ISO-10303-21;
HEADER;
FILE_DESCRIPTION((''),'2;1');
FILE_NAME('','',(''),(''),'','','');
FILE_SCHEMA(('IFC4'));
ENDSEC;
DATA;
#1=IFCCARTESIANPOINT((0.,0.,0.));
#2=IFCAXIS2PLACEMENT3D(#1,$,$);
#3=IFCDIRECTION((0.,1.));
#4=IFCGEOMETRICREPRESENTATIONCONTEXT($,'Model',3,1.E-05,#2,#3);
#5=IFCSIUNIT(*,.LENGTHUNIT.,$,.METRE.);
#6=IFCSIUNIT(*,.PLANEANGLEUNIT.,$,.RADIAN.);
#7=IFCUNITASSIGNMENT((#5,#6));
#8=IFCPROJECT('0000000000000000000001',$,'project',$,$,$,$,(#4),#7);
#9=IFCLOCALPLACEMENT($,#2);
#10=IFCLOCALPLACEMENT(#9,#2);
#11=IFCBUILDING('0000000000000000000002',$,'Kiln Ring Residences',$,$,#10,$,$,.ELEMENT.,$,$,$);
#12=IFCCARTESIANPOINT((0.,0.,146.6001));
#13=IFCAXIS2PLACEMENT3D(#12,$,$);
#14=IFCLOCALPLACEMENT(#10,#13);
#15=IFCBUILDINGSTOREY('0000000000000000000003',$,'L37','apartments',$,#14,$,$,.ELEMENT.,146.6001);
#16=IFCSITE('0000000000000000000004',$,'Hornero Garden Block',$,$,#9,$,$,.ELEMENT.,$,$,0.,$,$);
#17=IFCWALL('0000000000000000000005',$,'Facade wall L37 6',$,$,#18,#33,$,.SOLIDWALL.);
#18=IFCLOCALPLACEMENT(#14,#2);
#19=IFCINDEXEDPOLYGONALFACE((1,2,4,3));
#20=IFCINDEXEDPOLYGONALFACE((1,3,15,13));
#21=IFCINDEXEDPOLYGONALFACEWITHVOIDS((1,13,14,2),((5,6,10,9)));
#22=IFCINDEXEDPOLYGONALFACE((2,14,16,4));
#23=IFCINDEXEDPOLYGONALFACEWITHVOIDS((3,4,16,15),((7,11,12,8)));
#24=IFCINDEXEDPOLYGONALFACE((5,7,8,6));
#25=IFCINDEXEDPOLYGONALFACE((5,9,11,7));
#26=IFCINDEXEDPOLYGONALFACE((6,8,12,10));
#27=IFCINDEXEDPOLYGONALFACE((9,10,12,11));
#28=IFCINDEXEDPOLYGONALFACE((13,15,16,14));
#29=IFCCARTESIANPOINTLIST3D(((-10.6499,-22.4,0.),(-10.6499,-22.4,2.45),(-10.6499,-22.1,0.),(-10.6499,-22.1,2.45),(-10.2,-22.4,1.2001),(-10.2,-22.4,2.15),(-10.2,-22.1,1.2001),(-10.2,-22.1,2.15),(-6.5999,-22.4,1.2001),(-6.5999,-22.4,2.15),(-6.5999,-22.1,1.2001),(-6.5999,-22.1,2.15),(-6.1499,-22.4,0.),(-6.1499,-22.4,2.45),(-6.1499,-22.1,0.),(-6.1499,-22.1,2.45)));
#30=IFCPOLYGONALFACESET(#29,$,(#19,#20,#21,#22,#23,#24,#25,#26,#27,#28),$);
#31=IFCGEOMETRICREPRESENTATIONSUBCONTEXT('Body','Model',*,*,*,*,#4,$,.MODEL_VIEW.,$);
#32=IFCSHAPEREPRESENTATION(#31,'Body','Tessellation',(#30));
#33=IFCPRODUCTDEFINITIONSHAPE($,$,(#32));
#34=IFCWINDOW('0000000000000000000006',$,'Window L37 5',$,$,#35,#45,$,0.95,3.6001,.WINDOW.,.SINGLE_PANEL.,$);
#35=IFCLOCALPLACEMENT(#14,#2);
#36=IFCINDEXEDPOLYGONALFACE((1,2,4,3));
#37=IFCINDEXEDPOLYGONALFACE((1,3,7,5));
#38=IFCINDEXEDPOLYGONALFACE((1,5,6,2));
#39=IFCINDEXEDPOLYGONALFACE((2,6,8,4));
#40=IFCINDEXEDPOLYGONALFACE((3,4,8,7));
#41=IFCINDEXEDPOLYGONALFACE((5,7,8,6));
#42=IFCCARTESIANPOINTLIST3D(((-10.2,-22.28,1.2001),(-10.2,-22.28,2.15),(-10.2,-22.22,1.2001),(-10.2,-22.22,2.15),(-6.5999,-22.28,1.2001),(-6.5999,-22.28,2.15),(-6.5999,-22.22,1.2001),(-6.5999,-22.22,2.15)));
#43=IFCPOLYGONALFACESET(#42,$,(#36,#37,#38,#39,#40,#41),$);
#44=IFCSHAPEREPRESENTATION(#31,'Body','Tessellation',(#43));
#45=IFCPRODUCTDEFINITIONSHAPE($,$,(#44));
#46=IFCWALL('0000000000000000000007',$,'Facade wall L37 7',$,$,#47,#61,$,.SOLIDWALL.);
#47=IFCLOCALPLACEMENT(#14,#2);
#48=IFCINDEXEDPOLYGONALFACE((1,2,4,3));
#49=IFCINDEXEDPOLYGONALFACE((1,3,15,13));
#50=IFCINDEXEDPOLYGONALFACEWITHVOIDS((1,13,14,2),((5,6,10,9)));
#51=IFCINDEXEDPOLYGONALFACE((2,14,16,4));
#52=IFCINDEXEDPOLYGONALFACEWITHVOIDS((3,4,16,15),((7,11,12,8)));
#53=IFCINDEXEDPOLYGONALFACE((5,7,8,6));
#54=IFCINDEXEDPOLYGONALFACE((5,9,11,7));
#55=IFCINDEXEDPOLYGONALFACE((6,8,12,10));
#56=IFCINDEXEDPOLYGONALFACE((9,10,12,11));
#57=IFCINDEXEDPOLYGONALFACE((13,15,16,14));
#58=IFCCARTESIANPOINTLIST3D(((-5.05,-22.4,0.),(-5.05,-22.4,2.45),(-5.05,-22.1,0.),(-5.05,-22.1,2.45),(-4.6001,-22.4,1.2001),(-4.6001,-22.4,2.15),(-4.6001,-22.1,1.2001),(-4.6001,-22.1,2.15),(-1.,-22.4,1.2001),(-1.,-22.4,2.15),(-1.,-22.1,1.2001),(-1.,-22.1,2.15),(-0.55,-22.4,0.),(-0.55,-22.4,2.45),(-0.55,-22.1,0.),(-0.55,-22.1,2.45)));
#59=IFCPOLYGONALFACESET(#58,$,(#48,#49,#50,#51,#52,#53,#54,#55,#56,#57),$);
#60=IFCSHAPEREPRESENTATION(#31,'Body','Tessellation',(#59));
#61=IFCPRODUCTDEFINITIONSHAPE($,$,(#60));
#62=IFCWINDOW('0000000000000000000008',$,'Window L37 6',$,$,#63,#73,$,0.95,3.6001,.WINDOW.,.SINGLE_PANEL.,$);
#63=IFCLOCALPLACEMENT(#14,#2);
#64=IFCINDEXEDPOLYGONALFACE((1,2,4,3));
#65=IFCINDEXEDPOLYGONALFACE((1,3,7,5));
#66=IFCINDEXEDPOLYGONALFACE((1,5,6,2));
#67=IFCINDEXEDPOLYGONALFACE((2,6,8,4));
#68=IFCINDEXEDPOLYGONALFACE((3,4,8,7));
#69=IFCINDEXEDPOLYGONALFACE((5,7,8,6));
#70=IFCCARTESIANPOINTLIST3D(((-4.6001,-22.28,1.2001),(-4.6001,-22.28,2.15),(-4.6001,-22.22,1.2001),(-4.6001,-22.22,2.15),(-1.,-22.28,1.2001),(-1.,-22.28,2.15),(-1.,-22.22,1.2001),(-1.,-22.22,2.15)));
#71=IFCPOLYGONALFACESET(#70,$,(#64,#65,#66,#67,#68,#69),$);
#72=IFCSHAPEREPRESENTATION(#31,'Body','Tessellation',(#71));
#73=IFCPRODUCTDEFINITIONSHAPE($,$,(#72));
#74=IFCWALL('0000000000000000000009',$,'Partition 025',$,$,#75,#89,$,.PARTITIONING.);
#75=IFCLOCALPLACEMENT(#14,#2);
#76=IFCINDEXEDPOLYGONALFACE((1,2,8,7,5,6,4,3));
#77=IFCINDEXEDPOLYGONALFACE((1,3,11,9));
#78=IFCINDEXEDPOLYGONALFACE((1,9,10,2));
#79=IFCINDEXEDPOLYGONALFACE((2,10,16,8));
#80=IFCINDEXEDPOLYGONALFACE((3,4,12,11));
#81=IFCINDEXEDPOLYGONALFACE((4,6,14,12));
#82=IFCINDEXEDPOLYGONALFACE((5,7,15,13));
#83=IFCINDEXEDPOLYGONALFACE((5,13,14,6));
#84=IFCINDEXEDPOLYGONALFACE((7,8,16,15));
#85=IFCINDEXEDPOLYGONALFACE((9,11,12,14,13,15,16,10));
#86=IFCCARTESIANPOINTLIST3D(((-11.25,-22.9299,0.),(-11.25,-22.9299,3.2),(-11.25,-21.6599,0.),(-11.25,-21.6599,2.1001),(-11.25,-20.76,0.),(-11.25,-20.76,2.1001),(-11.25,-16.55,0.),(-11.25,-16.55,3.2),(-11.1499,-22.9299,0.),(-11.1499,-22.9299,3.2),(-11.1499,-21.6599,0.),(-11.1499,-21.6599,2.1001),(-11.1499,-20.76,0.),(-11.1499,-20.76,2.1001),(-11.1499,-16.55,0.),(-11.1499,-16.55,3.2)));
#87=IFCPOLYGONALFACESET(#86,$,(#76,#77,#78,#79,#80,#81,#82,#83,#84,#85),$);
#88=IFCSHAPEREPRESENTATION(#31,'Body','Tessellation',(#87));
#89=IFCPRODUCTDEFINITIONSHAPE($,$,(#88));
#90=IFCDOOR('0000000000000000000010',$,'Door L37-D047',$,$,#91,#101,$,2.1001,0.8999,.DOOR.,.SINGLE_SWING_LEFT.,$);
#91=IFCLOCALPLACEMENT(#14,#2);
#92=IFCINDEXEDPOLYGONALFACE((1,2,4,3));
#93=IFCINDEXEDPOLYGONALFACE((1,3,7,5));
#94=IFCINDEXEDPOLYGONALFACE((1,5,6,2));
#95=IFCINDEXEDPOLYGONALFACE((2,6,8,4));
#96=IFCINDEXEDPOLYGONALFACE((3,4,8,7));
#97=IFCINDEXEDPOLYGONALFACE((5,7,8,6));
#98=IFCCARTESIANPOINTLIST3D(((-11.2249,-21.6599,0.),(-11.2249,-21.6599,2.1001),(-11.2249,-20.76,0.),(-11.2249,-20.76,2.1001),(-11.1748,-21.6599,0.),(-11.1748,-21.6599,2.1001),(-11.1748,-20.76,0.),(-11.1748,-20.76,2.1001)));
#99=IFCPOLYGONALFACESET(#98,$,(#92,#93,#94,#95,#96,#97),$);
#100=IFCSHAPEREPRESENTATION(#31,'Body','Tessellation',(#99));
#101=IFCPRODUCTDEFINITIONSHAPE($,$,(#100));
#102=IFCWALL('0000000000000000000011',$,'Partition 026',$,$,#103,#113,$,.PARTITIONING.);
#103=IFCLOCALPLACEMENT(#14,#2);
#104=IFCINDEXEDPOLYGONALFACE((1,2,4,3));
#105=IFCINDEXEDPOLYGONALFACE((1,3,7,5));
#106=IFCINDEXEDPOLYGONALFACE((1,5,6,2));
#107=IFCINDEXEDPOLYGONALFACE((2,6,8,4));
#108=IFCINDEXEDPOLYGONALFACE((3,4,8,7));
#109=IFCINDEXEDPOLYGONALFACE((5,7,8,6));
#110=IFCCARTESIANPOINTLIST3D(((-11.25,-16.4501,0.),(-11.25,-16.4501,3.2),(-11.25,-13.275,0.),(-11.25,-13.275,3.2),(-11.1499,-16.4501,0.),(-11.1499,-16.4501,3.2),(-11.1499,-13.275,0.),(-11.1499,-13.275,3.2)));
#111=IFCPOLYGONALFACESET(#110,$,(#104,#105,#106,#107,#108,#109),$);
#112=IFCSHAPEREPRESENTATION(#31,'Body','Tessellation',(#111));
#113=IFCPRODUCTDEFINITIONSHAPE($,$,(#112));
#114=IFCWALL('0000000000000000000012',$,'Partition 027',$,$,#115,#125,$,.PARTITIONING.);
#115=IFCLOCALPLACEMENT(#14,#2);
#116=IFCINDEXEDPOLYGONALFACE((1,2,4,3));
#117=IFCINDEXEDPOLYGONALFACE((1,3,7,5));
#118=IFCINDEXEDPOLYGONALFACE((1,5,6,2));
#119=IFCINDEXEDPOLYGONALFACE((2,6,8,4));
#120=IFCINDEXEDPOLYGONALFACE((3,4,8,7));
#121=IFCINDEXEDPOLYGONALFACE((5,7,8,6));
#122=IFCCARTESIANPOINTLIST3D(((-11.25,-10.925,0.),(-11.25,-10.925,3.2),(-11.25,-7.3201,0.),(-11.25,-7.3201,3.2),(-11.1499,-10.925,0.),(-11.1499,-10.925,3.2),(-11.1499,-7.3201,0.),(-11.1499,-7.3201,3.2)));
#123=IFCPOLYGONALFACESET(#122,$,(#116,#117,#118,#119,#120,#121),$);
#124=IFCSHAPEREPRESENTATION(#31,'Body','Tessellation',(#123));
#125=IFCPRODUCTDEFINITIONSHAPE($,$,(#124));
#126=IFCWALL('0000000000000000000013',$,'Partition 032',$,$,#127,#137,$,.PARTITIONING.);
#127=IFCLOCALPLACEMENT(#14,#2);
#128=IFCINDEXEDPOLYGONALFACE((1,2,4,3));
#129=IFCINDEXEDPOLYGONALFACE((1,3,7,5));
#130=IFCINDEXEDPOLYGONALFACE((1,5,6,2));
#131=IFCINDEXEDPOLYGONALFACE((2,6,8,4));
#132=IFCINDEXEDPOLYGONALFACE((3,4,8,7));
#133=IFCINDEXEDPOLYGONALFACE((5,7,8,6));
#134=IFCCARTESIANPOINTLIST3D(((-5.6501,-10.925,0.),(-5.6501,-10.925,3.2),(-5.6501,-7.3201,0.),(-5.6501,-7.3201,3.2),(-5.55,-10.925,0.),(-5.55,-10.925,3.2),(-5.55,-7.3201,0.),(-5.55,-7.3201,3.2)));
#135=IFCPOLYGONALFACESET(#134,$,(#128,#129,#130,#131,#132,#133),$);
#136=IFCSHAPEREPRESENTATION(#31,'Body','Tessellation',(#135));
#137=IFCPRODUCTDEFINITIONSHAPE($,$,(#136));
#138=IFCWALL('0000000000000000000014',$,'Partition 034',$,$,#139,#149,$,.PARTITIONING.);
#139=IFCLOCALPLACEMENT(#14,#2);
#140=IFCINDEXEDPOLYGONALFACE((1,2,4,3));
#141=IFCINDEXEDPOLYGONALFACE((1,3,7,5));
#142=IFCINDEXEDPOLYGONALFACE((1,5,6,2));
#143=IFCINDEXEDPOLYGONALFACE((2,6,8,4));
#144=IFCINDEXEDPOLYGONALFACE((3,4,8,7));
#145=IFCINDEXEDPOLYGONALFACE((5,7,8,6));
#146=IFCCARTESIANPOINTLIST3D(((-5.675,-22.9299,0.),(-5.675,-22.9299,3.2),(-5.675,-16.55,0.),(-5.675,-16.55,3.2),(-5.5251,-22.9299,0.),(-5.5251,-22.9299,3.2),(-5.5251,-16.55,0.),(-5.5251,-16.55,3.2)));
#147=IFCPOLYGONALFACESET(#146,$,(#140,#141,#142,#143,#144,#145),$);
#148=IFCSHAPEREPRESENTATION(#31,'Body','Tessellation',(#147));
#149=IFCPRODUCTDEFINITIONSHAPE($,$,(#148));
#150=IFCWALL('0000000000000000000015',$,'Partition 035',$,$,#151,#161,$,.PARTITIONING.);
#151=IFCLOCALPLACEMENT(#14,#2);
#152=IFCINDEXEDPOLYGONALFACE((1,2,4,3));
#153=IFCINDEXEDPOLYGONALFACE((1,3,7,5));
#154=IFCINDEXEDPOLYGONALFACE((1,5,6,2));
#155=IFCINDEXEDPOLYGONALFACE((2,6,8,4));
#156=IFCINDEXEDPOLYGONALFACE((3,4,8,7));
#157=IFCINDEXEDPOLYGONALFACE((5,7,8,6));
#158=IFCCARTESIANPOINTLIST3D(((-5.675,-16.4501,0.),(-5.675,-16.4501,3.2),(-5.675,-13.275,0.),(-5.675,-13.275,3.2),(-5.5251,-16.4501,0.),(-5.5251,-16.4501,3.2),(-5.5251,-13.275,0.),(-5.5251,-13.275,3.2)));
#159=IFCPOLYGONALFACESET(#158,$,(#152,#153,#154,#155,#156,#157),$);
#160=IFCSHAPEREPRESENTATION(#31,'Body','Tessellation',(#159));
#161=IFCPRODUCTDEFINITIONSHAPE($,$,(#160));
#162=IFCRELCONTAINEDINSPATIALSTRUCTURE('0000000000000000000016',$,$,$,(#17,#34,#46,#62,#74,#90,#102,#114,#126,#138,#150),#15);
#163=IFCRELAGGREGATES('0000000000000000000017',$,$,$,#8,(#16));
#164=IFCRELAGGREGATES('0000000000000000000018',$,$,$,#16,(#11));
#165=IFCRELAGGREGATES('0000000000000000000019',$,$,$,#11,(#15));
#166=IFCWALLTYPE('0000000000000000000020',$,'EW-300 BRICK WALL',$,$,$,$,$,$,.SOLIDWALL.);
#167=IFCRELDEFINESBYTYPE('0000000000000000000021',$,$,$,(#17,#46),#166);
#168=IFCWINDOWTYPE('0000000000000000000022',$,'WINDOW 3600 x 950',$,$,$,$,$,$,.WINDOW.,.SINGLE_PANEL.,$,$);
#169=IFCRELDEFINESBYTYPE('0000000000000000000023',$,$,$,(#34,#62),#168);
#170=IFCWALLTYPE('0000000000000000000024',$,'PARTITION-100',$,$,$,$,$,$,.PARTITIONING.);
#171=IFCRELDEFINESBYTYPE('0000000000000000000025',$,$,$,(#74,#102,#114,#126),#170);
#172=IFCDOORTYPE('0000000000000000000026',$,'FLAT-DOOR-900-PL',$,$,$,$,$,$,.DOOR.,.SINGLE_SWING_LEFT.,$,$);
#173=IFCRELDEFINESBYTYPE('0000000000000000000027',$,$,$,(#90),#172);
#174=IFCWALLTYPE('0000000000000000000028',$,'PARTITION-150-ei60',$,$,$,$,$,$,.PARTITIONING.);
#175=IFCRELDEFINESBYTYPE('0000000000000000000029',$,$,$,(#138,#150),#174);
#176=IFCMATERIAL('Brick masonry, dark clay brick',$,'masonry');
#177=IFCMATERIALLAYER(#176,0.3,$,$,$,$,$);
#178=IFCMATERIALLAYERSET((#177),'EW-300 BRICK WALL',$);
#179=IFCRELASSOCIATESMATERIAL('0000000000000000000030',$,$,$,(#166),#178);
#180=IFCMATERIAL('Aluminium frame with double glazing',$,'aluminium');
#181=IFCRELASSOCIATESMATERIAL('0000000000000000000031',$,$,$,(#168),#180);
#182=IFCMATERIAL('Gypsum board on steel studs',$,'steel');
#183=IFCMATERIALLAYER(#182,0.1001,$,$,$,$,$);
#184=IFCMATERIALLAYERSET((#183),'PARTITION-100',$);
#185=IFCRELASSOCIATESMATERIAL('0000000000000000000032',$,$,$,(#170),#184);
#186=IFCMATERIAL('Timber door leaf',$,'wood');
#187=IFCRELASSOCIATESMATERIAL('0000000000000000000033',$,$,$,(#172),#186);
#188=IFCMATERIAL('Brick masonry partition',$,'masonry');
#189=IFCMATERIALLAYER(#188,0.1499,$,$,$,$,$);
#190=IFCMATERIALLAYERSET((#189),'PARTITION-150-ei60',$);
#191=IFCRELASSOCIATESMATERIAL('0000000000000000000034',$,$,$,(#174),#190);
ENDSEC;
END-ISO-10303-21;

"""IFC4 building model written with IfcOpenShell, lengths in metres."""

from ifc_helpers import new_model, si_unit, direction, frame, frame_2d, origin, place, context, subcontext, project, spatial, rectangle, extrude, material, layer, layer_set, type_object, element, fill, save


model = new_model("IFC4")

# Units and contexts
model_context = context("Model", 3, precision=1e-05, world=origin(), true_north=direction((0.0, 1.0)))
body_context = subcontext(model_context, "Body", "Model", "MODEL_VIEW")
ifc_project = project(units=[si_unit("LENGTHUNIT", "METRE"), si_unit("PLANEANGLEUNIT", "RADIAN")], contexts=[model_context])

# Site, building, storey
site_placement = place(None, origin())
site = spatial("IfcSite", under=ifc_project, at=site_placement, Name="Hornero Garden Block", CompositionType="ELEMENT", RefElevation=0.0)
building_placement = place(site_placement, origin())
building = spatial("IfcBuilding", under=site, at=building_placement, Name="Kiln Ring Residences", CompositionType="ELEMENT")
storey_placement = place(building_placement, frame((0.0, 0.0, 146.6001)))
storey = spatial("IfcBuildingStorey", under=building, at=storey_placement, Name="L37", Description="apartments", CompositionType="ELEMENT", Elevation=146.6001)

# Walls, openings, windows
ifc_material_1 = material(Name="Brick masonry, dark clay brick", Category="masonry")
ifc_layer_1 = layer(ifc_material_1, 0.3)
ifc_layer_set_1 = layer_set([ifc_layer_1], Name="EW-300 BRICK WALL")
wall_type_1 = type_object("IfcWallType", Name="EW-300 BRICK WALL", PredefinedType="SOLIDWALL", material=ifc_layer_set_1)
wall_1_placement = place(storey_placement, frame((-10.6499, -22.25, 0.0), z_axis=(0.0, 0.0, 1.0), x_axis=(1.0, 0.0, 0.0)))
wall_1 = element("IfcWall", 1, at=wall_1_placement, inside=storey, type_object=wall_type_1, Name="Facade wall L37 6", PredefinedType="SOLIDWALL", context=body_context, shape_type="SweptSolid", body=[
    extrude(rectangle(XDim=4.5, YDim=0.3, at=frame_2d((2.25, 0.0))), origin(), (0.0, 0.0, 1.0), 2.45),
])
opening_1_placement = place(wall_1_placement, frame((0.45, 0.0, 1.2)))
opening_1 = element("IfcOpeningElement", 2, at=opening_1_placement, cuts=wall_1, PredefinedType="OPENING", context=body_context, shape_type="SweptSolid", body=[
    extrude(rectangle(XDim=3.6001, YDim=0.95, at=frame_2d((1.8, 0.4751))), frame((0.0, 0.1599, 0.0), z_axis=(0.0, -1.0, 0.0), x_axis=(1.0, 0.0, 0.0)), (0.0, 0.0, 1.0), 0.3201),
])
ifc_material_2 = material(Name="Aluminium frame with double glazing", Category="aluminium")
window_type = type_object("IfcWindowType", Name="WINDOW 3600 x 950", PartitioningType="SINGLE_PANEL", PredefinedType="WINDOW", material=ifc_material_2)
window_1_placement = place(opening_1_placement, origin())
window_1 = element("IfcWindow", 3, at=window_1_placement, inside=storey, type_object=window_type, Name="Window L37 5", OverallHeight=0.95, OverallWidth=3.6001, PartitioningType="SINGLE_PANEL", PredefinedType="WINDOW", context=body_context, shape_type="SweptSolid", body=[
    extrude(rectangle(XDim=3.6001, YDim=0.95, at=frame_2d((1.8, 0.4751))), frame((0.0, 0.03, 0.0), z_axis=(0.0, -1.0, 0.0), x_axis=(1.0, 0.0, 0.0)), (0.0, 0.0, 1.0), 0.0601),
])
fill(opening_1, window_1)
wall_2_placement = place(storey_placement, frame((-5.05, -22.25, 0.0), z_axis=(0.0, 0.0, 1.0), x_axis=(1.0, 0.0, 0.0)))
wall_2 = element("IfcWall", 4, at=wall_2_placement, inside=storey, type_object=wall_type_1, Name="Facade wall L37 7", PredefinedType="SOLIDWALL", context=body_context, shape_type="SweptSolid", body=[
    extrude(rectangle(XDim=4.5, YDim=0.3, at=frame_2d((2.25, 0.0))), origin(), (0.0, 0.0, 1.0), 2.45),
])
opening_2_placement = place(wall_2_placement, frame((0.45, 0.0, 1.2)))
opening_2 = element("IfcOpeningElement", 5, at=opening_2_placement, cuts=wall_2, PredefinedType="OPENING", context=body_context, shape_type="SweptSolid", body=[
    extrude(rectangle(XDim=3.6001, YDim=0.95, at=frame_2d((1.8, 0.4751))), frame((0.0, 0.1599, 0.0), z_axis=(0.0, -1.0, 0.0), x_axis=(1.0, 0.0, 0.0)), (0.0, 0.0, 1.0), 0.3201),
])
window_2_placement = place(opening_2_placement, origin())
window_2 = element("IfcWindow", 6, at=window_2_placement, inside=storey, type_object=window_type, Name="Window L37 6", OverallHeight=0.95, OverallWidth=3.6001, PartitioningType="SINGLE_PANEL", PredefinedType="WINDOW", context=body_context, shape_type="SweptSolid", body=[
    extrude(rectangle(XDim=3.6001, YDim=0.95, at=frame_2d((1.8, 0.4751))), frame((0.0, 0.03, 0.0), z_axis=(0.0, -1.0, 0.0), x_axis=(1.0, 0.0, 0.0)), (0.0, 0.0, 1.0), 0.0601),
])
fill(opening_2, window_2)

# Wall, opening, door
ifc_material_3 = material(Name="Gypsum board on steel studs", Category="steel")
ifc_layer_2 = layer(ifc_material_3, 0.1001)
ifc_layer_set_2 = layer_set([ifc_layer_2], Name="PARTITION-100")
wall_type_2 = type_object("IfcWallType", Name="PARTITION-100", PredefinedType="PARTITIONING", material=ifc_layer_set_2)
wall_3_placement = place(storey_placement, frame((-11.2, -22.9299, 0.0), z_axis=(0.0, 0.0, 1.0), x_axis=(0.0, 1.0, 0.0)))
wall_3 = element("IfcWall", 7, at=wall_3_placement, inside=storey, type_object=wall_type_2, Name="Partition 025", PredefinedType="PARTITIONING", context=body_context, shape_type="SweptSolid", body=[
    extrude(rectangle(XDim=6.3799, YDim=0.1001, at=frame_2d((3.1899, 0.0))), origin(), (0.0, 0.0, 1.0), 3.2),
])
opening_3_placement = place(wall_3_placement, frame((1.27, 0.0, 0.0)))
opening_3 = element("IfcOpeningElement", 8, at=opening_3_placement, cuts=wall_3, PredefinedType="OPENING", context=body_context, shape_type="SweptSolid", body=[
    extrude(rectangle(XDim=0.8999, YDim=2.1001, at=frame_2d((0.45, 1.05))), frame((0.0, 0.0601, 0.0), z_axis=(0.0, -1.0, 0.0), x_axis=(1.0, 0.0, 0.0)), (0.0, 0.0, 1.0), 0.1201),
])
ifc_material_4 = material(Name="Timber door leaf", Category="wood")
door_type = type_object("IfcDoorType", Name="FLAT-DOOR-900-PL", OperationType="SINGLE_SWING_LEFT", PredefinedType="DOOR", material=ifc_material_4)
door_placement = place(opening_3_placement, origin())
door = element("IfcDoor", 9, at=door_placement, inside=storey, type_object=door_type, Name="Door L37-D047", OperationType="SINGLE_SWING_LEFT", OverallHeight=2.1001, OverallWidth=0.8999, PredefinedType="DOOR", context=body_context, shape_type="SweptSolid", body=[
    extrude(rectangle(XDim=0.8999, YDim=2.1001, at=frame_2d((0.45, 1.05))), frame((0.0, 0.0249, 0.0), z_axis=(0.0, -1.0, 0.0), x_axis=(1.0, 0.0, 0.0)), (0.0, 0.0, 1.0), 0.05),
])
fill(opening_3, door)

# Walls
wall_4_placement = place(storey_placement, frame((-11.2, -16.45, 0.0), z_axis=(0.0, 0.0, 1.0), x_axis=(0.0, 1.0, 0.0)))
element("IfcWall", 10, at=wall_4_placement, inside=storey, type_object=wall_type_2, Name="Partition 026", PredefinedType="PARTITIONING", context=body_context, shape_type="SweptSolid", body=[
    extrude(rectangle(XDim=3.175, YDim=0.1001, at=frame_2d((1.5874, 0.0))), origin(), (0.0, 0.0, 1.0), 3.2),
])
for number, where, z_axis, x_axis, name in (
    (11, (-11.2, -10.925, 0.0), (0.0, 0.0, 1.0), (0.0, 1.0, 0.0), "Partition 027"),
    (12, (-5.6001, -10.925, 0.0), (0.0, 0.0, 1.0), (0.0, 1.0, 0.0), "Partition 032"),
):
    element("IfcWall", number, at=place(storey_placement, frame(where, z_axis=z_axis, x_axis=x_axis)), inside=storey, type_object=wall_type_2, Name=name, PredefinedType="PARTITIONING", context=body_context, shape_type="SweptSolid", body=[
        extrude(rectangle(XDim=3.605, YDim=0.1001, at=frame_2d((1.8025, 0.0))), origin(), (0.0, 0.0, 1.0), 3.2),
    ])
ifc_material_5 = material(Name="Brick masonry partition", Category="masonry")
ifc_layer_3 = layer(ifc_material_5, 0.1499)
ifc_layer_set_3 = layer_set([ifc_layer_3], Name="PARTITION-150-ei60")
wall_type_3 = type_object("IfcWallType", Name="PARTITION-150-ei60", PredefinedType="PARTITIONING", material=ifc_layer_set_3)
wall_5_placement = place(storey_placement, frame((-5.6001, -22.9299, 0.0), z_axis=(0.0, 0.0, 1.0), x_axis=(0.0, 1.0, 0.0)))
element("IfcWall", 13, at=wall_5_placement, inside=storey, type_object=wall_type_3, Name="Partition 034", PredefinedType="PARTITIONING", context=body_context, shape_type="SweptSolid", body=[
    extrude(rectangle(XDim=6.3799, YDim=0.1499, at=frame_2d((3.1899, 0.0))), origin(), (0.0, 0.0, 1.0), 3.2),
])
wall_6_placement = place(storey_placement, frame((-5.6001, -16.45, 0.0), z_axis=(0.0, 0.0, 1.0), x_axis=(0.0, 1.0, 0.0)))
element("IfcWall", 14, at=wall_6_placement, inside=storey, type_object=wall_type_3, Name="Partition 035", PredefinedType="PARTITIONING", context=body_context, shape_type="SweptSolid", body=[
    extrude(rectangle(XDim=3.175, YDim=0.1499, at=frame_2d((1.5874, 0.0))), origin(), (0.0, 0.0, 1.0), 3.2),
])

save(model, "model.ifc")
